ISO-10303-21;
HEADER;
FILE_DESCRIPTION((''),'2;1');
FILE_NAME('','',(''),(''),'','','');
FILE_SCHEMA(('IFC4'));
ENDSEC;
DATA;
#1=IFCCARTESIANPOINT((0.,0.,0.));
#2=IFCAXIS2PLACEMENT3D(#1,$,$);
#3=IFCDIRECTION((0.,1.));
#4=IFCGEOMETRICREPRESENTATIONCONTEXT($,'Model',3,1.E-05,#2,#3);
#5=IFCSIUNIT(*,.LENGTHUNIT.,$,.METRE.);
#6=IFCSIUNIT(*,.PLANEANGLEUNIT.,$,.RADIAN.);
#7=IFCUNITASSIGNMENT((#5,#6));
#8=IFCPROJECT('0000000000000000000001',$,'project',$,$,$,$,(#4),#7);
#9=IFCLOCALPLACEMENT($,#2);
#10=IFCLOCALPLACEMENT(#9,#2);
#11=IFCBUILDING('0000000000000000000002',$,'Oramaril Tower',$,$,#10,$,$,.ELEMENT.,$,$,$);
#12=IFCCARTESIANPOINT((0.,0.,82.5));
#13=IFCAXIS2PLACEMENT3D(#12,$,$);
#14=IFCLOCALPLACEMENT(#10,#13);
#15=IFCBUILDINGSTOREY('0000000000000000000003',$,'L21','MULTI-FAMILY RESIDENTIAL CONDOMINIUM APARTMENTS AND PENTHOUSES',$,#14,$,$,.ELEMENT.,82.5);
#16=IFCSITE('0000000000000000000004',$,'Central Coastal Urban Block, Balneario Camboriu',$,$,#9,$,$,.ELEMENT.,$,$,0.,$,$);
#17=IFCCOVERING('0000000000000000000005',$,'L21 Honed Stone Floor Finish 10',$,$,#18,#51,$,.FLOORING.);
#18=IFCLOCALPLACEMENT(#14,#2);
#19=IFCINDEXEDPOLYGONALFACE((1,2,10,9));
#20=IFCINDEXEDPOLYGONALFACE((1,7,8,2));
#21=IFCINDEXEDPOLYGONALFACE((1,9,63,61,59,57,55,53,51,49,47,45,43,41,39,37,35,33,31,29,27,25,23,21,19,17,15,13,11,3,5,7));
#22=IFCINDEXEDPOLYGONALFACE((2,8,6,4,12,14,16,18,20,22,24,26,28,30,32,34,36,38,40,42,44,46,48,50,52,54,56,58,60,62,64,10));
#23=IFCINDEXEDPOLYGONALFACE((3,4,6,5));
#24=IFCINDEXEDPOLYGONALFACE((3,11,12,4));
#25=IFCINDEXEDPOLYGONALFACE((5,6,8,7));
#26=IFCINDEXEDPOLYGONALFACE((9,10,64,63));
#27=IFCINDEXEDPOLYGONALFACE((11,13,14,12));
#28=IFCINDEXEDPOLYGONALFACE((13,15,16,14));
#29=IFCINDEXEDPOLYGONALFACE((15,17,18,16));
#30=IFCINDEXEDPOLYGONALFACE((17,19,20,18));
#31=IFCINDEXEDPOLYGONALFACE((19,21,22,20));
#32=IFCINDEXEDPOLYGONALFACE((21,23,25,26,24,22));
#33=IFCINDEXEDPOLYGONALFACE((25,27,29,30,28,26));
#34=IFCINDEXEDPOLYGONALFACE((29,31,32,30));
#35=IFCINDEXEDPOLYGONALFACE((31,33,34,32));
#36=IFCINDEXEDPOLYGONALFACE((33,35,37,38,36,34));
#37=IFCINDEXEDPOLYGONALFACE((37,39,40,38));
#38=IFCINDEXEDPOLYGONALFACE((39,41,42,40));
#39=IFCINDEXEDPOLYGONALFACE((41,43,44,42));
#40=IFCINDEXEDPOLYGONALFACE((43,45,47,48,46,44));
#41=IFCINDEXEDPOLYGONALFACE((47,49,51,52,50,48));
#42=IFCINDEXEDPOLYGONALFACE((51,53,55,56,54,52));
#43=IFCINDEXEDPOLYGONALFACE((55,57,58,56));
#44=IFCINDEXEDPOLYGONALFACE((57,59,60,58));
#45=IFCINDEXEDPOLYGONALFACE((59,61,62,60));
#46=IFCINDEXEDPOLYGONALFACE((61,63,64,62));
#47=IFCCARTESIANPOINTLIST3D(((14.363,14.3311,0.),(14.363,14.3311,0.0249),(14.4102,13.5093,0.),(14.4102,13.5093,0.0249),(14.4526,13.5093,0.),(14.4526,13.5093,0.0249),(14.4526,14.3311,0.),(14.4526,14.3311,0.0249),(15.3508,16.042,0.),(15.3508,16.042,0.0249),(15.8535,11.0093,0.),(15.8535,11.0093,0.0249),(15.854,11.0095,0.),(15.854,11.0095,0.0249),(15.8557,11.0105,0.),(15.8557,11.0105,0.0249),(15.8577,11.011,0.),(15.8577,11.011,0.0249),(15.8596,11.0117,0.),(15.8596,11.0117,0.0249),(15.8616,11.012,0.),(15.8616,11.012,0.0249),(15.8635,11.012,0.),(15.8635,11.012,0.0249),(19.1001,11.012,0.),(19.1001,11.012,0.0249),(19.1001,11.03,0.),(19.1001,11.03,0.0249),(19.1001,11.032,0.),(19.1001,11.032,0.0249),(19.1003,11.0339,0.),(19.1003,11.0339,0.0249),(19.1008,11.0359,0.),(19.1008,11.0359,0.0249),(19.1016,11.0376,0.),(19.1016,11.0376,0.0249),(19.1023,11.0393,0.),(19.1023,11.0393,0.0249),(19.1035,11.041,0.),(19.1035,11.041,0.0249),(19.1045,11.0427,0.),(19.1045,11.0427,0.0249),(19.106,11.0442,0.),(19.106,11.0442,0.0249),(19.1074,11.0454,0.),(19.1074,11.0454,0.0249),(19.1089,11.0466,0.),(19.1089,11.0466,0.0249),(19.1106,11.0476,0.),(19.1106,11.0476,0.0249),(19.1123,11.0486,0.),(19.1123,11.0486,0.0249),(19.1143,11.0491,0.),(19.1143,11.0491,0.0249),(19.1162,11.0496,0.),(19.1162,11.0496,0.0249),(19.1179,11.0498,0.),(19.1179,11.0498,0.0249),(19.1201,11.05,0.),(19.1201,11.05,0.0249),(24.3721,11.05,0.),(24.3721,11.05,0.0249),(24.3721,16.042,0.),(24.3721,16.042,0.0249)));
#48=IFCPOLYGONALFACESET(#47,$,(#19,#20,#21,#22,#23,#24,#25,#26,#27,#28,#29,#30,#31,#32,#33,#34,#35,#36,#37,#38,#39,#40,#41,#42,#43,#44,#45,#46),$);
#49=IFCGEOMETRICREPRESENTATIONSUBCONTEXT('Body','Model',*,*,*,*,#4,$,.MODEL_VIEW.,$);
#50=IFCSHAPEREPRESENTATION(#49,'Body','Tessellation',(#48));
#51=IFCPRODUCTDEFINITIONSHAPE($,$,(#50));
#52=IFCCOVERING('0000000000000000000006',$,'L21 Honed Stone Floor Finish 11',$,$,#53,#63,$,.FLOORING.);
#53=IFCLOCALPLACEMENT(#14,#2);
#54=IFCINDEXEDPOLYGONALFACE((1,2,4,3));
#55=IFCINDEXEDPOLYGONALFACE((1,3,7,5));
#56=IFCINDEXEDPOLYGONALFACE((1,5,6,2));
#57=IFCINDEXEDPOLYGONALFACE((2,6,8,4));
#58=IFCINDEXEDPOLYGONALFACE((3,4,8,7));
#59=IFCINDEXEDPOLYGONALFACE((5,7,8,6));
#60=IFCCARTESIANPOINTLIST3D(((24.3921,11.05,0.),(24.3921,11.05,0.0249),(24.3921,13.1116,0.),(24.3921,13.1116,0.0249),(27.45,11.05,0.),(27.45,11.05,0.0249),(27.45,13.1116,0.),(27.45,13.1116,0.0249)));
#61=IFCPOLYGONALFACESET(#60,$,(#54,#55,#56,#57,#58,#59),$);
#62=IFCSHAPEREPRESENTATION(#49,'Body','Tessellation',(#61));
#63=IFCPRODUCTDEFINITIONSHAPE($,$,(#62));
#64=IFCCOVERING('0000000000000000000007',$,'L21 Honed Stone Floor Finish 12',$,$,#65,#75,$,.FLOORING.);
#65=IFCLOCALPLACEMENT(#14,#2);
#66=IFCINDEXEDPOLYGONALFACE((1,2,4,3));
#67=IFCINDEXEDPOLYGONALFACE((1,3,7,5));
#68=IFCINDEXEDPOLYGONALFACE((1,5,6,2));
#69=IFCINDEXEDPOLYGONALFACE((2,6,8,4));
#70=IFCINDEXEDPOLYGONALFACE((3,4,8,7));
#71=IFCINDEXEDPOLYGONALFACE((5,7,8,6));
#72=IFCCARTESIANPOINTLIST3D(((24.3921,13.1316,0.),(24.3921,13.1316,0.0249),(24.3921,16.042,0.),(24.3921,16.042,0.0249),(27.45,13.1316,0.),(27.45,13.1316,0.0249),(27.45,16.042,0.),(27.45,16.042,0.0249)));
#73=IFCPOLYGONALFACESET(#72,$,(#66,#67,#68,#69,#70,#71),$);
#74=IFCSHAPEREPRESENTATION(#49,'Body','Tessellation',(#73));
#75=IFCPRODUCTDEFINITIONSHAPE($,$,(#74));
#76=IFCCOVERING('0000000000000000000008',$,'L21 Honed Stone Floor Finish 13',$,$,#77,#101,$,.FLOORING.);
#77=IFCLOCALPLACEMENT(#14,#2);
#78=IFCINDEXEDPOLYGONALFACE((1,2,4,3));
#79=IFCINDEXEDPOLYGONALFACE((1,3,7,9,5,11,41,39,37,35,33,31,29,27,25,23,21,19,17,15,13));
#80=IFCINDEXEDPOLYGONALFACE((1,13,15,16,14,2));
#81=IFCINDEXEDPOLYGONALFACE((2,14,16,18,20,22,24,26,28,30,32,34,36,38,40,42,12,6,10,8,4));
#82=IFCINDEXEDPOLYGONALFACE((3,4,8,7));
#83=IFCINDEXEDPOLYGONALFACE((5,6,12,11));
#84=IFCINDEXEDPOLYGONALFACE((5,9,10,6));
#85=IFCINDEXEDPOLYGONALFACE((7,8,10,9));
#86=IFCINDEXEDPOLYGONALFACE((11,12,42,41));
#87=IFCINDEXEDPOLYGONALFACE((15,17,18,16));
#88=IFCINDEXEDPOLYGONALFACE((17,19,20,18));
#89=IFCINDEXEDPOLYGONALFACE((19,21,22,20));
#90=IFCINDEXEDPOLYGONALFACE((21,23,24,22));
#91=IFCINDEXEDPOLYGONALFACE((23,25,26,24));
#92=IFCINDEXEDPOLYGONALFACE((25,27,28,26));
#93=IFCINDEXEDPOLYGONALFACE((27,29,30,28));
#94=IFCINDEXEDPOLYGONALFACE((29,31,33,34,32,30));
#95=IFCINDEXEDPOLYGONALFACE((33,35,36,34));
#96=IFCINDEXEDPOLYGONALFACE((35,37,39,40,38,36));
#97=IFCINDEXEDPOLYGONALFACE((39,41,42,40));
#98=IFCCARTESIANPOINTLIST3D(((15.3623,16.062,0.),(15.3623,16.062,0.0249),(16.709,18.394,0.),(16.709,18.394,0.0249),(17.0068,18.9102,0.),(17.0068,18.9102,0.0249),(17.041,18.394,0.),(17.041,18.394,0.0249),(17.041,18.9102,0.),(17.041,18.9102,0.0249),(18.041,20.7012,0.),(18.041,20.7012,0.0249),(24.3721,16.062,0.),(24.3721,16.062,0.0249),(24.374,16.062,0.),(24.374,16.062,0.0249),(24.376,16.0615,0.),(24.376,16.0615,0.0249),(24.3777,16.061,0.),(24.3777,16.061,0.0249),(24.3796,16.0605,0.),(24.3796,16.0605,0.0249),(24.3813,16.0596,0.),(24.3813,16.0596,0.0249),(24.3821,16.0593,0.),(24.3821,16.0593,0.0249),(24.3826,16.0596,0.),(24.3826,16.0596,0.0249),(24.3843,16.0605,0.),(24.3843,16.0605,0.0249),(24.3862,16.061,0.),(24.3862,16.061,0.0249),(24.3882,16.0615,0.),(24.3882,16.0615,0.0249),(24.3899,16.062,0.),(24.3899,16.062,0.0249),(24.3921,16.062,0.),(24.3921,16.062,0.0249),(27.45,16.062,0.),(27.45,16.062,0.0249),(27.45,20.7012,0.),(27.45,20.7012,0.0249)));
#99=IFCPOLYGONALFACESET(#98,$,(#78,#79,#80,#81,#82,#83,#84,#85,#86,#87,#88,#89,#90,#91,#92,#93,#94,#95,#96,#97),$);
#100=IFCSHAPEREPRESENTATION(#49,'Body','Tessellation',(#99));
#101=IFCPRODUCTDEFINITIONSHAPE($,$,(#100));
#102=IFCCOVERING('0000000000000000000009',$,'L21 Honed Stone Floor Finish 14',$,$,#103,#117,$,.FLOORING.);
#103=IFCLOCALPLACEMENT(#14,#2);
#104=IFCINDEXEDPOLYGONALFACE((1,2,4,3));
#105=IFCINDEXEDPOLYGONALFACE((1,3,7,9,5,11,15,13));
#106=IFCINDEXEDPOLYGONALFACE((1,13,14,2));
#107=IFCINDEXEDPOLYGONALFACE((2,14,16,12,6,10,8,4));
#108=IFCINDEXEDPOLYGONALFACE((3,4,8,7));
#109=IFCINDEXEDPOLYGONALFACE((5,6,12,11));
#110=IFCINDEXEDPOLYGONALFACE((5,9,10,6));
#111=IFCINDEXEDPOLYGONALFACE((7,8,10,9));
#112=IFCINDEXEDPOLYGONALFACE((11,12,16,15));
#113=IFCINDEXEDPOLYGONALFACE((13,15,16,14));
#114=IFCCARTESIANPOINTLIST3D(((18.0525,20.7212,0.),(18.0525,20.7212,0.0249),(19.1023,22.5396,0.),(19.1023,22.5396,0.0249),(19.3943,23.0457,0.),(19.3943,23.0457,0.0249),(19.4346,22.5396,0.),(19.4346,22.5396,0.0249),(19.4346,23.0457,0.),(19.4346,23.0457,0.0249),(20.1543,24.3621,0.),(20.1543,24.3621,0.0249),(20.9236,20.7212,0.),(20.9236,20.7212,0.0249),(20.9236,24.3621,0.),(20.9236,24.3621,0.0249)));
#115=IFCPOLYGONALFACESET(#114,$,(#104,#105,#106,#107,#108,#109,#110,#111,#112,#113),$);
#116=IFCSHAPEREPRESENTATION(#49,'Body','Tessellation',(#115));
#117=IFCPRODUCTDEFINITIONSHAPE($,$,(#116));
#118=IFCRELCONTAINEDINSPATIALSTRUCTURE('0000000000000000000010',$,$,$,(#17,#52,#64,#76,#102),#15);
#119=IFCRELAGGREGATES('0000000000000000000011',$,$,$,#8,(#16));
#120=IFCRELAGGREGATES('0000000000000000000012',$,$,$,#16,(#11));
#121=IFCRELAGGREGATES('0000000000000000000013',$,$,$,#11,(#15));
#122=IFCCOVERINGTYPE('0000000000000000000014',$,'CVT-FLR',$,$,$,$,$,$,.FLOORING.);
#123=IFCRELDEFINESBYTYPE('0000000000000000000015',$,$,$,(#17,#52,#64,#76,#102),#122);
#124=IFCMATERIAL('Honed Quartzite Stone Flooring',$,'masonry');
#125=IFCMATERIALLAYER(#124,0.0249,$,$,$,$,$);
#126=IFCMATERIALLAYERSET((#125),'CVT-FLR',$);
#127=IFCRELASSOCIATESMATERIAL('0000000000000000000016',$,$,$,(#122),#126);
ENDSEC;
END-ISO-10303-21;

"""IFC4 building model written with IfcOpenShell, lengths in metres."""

from ifc_helpers import new_model, si_unit, direction, frame, origin, place, context, subcontext, project, spatial, polyline, outline, extrude, material, layer, layer_set, type_object, element, save


model = new_model("IFC4")

# Units and contexts
model_context = context("Model", 3, precision=1e-05, world=origin(), true_north=direction((0.0, 1.0)))
body_context = subcontext(model_context, "Body", "Model", "MODEL_VIEW")
ifc_project = project(units=[si_unit("LENGTHUNIT", "METRE"), si_unit("PLANEANGLEUNIT", "RADIAN")], contexts=[model_context])

# Site, building, storey
site_placement = place(None, origin())
site = spatial("IfcSite", under=ifc_project, at=site_placement, Name="Central Coastal Urban Block, Balneario Camboriu", CompositionType="ELEMENT", RefElevation=0.0)
building_placement = place(site_placement, origin())
building = spatial("IfcBuilding", under=site, at=building_placement, Name="Oramaril Tower", CompositionType="ELEMENT")
storey_placement = place(building_placement, frame((0.0, 0.0, 82.5)))
storey = spatial("IfcBuildingStorey", under=building, at=storey_placement, Name="L21", Description="MULTI-FAMILY RESIDENTIAL CONDOMINIUM APARTMENTS AND PENTHOUSES", CompositionType="ELEMENT", Elevation=82.5)

# Coverings
ifc_material_1 = material(Name="Honed Quartzite Stone Flooring", Category="masonry")
ifc_layer_1 = layer(ifc_material_1, 0.0249)
ifc_layer_set_1 = layer_set([ifc_layer_1], Name="CVT-FLR")
covering_type_1 = type_object("IfcCoveringType", Name="CVT-FLR", PredefinedType="FLOORING", material=ifc_layer_set_1)
covering_1_placement = place(storey_placement, origin())
element("IfcCovering", 1, at=covering_1_placement, inside=storey, type_object=covering_type_1, Name="L21 Honed Stone Floor Finish 10", PredefinedType="FLOORING", context=body_context, shape_type="SweptSolid", body=[
    extrude(outline(polyline([(24.3721, 11.05), (19.1201, 11.05), (19.1179, 11.0498), (19.1162, 11.0496), (19.1143, 11.0491), (19.1123, 11.0486), (19.1106, 11.0476), (19.1089, 11.0466), (19.1074, 11.0454), (19.106, 11.0442), (19.1045, 11.0427), (19.1035, 11.041), (19.1023, 11.0393), (19.1016, 11.0376), (19.1008, 11.0359), (19.1003, 11.0339), (19.1001, 11.032), (19.1001, 11.03), (19.1001, 11.012), (15.8635, 11.012), (15.8616, 11.012), (15.8596, 11.0117), (15.8577, 11.011), (15.8557, 11.0105), (15.854, 11.0095), (15.8535, 11.0093), (14.4102, 13.5093), (14.4526, 13.5093), (14.4526, 14.3311), (14.363, 14.3311), (15.3508, 16.042), (24.3721, 16.042), (24.3721, 11.05)])), origin(), (0.0, 0.0, 1.0), 0.0249),
])
covering_2_placement = place(storey_placement, origin())
element("IfcCovering", 2, at=covering_2_placement, inside=storey, type_object=covering_type_1, Name="L21 Honed Stone Floor Finish 11", PredefinedType="FLOORING", context=body_context, shape_type="SweptSolid", body=[
    extrude(outline(polyline([(27.45, 13.1116), (27.45, 11.05), (24.3921, 11.05), (24.3921, 13.1116), (27.45, 13.1116)])), origin(), (0.0, 0.0, 1.0), 0.0249),
])
covering_3_placement = place(storey_placement, origin())
element("IfcCovering", 3, at=covering_3_placement, inside=storey, type_object=covering_type_1, Name="L21 Honed Stone Floor Finish 12", PredefinedType="FLOORING", context=body_context, shape_type="SweptSolid", body=[
    extrude(outline(polyline([(27.45, 16.042), (27.45, 13.1316), (24.3921, 13.1316), (24.3921, 16.042), (27.45, 16.042)])), origin(), (0.0, 0.0, 1.0), 0.0249),
])
covering_4_placement = place(storey_placement, origin())
element("IfcCovering", 4, at=covering_4_placement, inside=storey, type_object=covering_type_1, Name="L21 Honed Stone Floor Finish 13", PredefinedType="FLOORING", context=body_context, shape_type="SweptSolid", body=[
    extrude(outline(polyline([(16.709, 18.394), (17.041, 18.394), (17.041, 18.9102), (17.0068, 18.9102), (18.041, 20.7012), (27.45, 20.7012), (27.45, 16.062), (24.3921, 16.062), (24.3899, 16.062), (24.3882, 16.0615), (24.3862, 16.061), (24.3843, 16.0605), (24.3826, 16.0596), (24.3821, 16.0593), (24.3813, 16.0596), (24.3796, 16.0605), (24.3777, 16.061), (24.376, 16.0615), (24.374, 16.062), (24.3721, 16.062), (15.3623, 16.062), (16.709, 18.394)])), origin(), (0.0, 0.0, 1.0), 0.0249),
])
covering_5_placement = place(storey_placement, origin())
element("IfcCovering", 5, at=covering_5_placement, inside=storey, type_object=covering_type_1, Name="L21 Honed Stone Floor Finish 14", PredefinedType="FLOORING", context=body_context, shape_type="SweptSolid", body=[
    extrude(outline(polyline([(19.4346, 22.5396), (19.4346, 23.0457), (19.3943, 23.0457), (20.1543, 24.3621), (20.9236, 24.3621), (20.9236, 20.7212), (18.0525, 20.7212), (19.1023, 22.5396), (19.4346, 22.5396)])), origin(), (0.0, 0.0, 1.0), 0.0249),
])

save(model, "model.ifc")
